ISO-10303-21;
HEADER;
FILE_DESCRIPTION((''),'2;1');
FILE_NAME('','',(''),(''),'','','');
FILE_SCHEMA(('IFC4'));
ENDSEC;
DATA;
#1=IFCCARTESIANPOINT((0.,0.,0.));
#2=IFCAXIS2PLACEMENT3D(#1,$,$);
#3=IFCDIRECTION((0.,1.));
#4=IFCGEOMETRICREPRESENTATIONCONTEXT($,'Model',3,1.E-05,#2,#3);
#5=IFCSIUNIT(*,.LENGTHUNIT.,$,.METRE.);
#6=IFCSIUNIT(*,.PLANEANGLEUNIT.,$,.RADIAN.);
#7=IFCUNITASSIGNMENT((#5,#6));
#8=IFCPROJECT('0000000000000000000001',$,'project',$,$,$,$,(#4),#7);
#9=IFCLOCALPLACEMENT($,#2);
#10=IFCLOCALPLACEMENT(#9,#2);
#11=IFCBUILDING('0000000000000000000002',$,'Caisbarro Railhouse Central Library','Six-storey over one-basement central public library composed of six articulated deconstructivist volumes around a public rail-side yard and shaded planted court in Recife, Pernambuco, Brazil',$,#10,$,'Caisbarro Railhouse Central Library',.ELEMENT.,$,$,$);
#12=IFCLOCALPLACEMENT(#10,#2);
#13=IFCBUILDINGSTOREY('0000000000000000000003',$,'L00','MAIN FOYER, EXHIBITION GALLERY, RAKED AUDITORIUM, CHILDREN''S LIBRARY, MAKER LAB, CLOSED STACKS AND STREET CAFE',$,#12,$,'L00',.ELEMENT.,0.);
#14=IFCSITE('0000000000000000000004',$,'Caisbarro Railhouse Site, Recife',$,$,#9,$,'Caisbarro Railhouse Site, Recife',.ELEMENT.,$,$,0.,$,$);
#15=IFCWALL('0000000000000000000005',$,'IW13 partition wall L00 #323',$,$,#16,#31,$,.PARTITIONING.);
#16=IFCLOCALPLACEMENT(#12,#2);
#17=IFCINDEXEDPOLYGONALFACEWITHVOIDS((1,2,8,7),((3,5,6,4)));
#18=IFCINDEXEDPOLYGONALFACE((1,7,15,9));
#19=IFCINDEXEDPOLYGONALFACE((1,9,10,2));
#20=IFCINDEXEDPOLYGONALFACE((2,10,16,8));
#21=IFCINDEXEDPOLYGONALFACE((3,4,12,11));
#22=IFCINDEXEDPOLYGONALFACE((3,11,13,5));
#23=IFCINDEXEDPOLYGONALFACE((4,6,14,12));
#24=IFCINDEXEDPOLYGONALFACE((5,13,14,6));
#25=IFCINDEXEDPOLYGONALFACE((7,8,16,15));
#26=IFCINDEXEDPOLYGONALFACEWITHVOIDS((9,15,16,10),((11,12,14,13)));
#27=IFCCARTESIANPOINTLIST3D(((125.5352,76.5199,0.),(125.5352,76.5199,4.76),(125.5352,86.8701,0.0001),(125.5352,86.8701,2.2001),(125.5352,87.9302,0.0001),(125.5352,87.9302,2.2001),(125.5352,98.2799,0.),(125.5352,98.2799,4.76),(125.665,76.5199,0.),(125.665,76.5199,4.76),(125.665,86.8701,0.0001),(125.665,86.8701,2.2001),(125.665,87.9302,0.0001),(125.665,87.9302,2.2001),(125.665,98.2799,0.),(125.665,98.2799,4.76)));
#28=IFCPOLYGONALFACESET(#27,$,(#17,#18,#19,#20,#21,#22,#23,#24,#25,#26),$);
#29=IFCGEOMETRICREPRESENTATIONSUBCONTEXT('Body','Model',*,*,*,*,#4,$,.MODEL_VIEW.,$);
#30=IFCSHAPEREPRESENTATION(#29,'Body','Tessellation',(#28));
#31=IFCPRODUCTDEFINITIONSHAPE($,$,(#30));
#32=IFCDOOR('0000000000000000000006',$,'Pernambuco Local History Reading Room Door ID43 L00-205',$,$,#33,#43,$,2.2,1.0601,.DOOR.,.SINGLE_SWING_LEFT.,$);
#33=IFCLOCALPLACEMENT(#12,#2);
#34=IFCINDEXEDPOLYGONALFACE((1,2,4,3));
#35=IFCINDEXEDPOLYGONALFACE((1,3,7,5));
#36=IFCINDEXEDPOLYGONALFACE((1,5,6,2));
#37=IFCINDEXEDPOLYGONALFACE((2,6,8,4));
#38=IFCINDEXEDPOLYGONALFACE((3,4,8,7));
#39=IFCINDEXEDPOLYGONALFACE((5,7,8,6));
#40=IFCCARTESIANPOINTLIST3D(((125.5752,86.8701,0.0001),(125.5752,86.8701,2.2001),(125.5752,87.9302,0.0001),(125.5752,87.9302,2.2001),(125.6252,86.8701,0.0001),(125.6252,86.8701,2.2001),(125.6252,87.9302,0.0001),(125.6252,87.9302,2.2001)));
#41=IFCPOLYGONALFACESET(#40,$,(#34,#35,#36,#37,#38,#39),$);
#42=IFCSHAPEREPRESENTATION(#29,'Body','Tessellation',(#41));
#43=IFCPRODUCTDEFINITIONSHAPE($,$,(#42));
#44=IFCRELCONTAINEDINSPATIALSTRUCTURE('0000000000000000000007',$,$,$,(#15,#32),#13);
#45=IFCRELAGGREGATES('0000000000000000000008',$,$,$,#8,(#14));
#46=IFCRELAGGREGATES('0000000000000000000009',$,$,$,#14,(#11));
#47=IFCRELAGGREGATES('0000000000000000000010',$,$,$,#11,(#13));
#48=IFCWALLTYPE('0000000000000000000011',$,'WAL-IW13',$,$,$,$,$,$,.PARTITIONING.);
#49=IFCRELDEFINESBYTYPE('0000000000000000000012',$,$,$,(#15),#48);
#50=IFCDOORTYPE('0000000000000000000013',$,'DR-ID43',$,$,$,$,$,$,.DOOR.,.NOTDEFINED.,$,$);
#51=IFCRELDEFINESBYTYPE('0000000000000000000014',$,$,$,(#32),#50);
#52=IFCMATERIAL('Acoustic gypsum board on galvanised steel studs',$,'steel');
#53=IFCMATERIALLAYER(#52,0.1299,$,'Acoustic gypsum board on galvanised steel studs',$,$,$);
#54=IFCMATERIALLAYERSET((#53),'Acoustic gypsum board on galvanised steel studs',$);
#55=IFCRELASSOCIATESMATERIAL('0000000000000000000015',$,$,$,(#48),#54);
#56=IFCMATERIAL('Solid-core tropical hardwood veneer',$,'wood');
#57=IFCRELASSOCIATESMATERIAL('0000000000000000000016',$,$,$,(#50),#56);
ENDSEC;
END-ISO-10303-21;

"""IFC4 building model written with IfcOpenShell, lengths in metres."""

from ifc_helpers import new_model, si_unit, direction, frame, frame_2d, origin, place, context, subcontext, project, spatial, rectangle, extrude, material, layer, layer_set, type_object, element, fill, save


model = new_model("IFC4")

# Units and contexts
model_context = context("Model", 3, precision=1e-05, world=origin(), true_north=direction((0.0, 1.0)))
body_context = subcontext(model_context, "Body", "Model", "MODEL_VIEW")
ifc_project = project(units=[si_unit("LENGTHUNIT", "METRE"), si_unit("PLANEANGLEUNIT", "RADIAN")], contexts=[model_context])

# Site, building, storey
site_placement = place(None, origin())
site = spatial("IfcSite", under=ifc_project, at=site_placement, Name="Caisbarro Railhouse Site, Recife", LongName="Caisbarro Railhouse Site, Recife", CompositionType="ELEMENT", RefElevation=0.0)
building_placement = place(site_placement, origin())
building = spatial("IfcBuilding", under=site, at=building_placement, Name="Caisbarro Railhouse Central Library", Description="Six-storey over one-basement central public library composed of six articulated deconstructivist volumes around a public rail-side yard and shaded planted court in Recife, Pernambuco, Brazil", LongName="Caisbarro Railhouse Central Library", CompositionType="ELEMENT")
storey_placement = place(building_placement, origin())
storey = spatial("IfcBuildingStorey", under=building, at=storey_placement, Name="L00", Description="MAIN FOYER, EXHIBITION GALLERY, RAKED AUDITORIUM, CHILDREN'S LIBRARY, MAKER LAB, CLOSED STACKS AND STREET CAFE", LongName="L00", CompositionType="ELEMENT", Elevation=0.0)

# Wall, opening, door
ifc_material_1 = material(Name="Acoustic gypsum board on galvanised steel studs", Category="steel")
ifc_material_2 = material(Name="Solid-core tropical hardwood veneer", Category="wood")
ifc_layer_1 = layer(ifc_material_1, 0.1299, Name="Acoustic gypsum board on galvanised steel studs")
ifc_layer_set_1 = layer_set([ifc_layer_1], Name="Acoustic gypsum board on galvanised steel studs")
wall_type_1 = type_object("IfcWallType", Name="WAL-IW13", PredefinedType="PARTITIONING", material=ifc_layer_set_1)
wall_1_placement = place(storey_placement, frame((125.6001, 76.52, 0.0), z_axis=(0.0, 0.0, 1.0), x_axis=(0.0, 1.0, 0.0)))
wall_1 = element("IfcWall", 1, at=wall_1_placement, inside=storey, type_object=wall_type_1, Name="IW13 partition wall L00 #323", PredefinedType="PARTITIONING", context=body_context, shape_type="SweptSolid", body=[
    extrude(rectangle(XDim=21.76, YDim=0.1299, at=frame_2d((10.8799, 0.0))), origin(), (0.0, 0.0, 1.0), 4.76),
])
opening_1_placement = place(wall_1_placement, frame((10.3501, 0.0, 0.0)))
opening_1 = element("IfcOpeningElement", 2, at=opening_1_placement, cuts=wall_1, PredefinedType="OPENING", context=body_context, shape_type="SweptSolid", body=[
    extrude(rectangle(XDim=1.0601, YDim=2.2, at=frame_2d((0.53, 1.1001))), frame((0.0, 0.075, 0.0), z_axis=(0.0, -1.0, 0.0), x_axis=(1.0, 0.0, 0.0)), (0.0, 0.0, 1.0), 0.1499),
])
door_type_1 = type_object("IfcDoorType", Name="DR-ID43", OperationType="NOTDEFINED", PredefinedType="DOOR", material=ifc_material_2)
door_1_placement = place(opening_1_placement, origin())
door_1 = element("IfcDoor", 3, at=door_1_placement, inside=storey, type_object=door_type_1, Name="Pernambuco Local History Reading Room Door ID43 L00-205", OperationType="SINGLE_SWING_LEFT", OverallHeight=2.2, OverallWidth=1.0601, PredefinedType="DOOR", context=body_context, shape_type="SweptSolid", body=[
    extrude(rectangle(XDim=1.0601, YDim=2.2, at=frame_2d((0.53, 1.1001))), frame((0.0, 0.0249, 0.0), z_axis=(0.0, -1.0, 0.0), x_axis=(1.0, 0.0, 0.0)), (0.0, 0.0, 1.0), 0.05),
])
fill(opening_1, door_1)

save(model, "model.ifc")
